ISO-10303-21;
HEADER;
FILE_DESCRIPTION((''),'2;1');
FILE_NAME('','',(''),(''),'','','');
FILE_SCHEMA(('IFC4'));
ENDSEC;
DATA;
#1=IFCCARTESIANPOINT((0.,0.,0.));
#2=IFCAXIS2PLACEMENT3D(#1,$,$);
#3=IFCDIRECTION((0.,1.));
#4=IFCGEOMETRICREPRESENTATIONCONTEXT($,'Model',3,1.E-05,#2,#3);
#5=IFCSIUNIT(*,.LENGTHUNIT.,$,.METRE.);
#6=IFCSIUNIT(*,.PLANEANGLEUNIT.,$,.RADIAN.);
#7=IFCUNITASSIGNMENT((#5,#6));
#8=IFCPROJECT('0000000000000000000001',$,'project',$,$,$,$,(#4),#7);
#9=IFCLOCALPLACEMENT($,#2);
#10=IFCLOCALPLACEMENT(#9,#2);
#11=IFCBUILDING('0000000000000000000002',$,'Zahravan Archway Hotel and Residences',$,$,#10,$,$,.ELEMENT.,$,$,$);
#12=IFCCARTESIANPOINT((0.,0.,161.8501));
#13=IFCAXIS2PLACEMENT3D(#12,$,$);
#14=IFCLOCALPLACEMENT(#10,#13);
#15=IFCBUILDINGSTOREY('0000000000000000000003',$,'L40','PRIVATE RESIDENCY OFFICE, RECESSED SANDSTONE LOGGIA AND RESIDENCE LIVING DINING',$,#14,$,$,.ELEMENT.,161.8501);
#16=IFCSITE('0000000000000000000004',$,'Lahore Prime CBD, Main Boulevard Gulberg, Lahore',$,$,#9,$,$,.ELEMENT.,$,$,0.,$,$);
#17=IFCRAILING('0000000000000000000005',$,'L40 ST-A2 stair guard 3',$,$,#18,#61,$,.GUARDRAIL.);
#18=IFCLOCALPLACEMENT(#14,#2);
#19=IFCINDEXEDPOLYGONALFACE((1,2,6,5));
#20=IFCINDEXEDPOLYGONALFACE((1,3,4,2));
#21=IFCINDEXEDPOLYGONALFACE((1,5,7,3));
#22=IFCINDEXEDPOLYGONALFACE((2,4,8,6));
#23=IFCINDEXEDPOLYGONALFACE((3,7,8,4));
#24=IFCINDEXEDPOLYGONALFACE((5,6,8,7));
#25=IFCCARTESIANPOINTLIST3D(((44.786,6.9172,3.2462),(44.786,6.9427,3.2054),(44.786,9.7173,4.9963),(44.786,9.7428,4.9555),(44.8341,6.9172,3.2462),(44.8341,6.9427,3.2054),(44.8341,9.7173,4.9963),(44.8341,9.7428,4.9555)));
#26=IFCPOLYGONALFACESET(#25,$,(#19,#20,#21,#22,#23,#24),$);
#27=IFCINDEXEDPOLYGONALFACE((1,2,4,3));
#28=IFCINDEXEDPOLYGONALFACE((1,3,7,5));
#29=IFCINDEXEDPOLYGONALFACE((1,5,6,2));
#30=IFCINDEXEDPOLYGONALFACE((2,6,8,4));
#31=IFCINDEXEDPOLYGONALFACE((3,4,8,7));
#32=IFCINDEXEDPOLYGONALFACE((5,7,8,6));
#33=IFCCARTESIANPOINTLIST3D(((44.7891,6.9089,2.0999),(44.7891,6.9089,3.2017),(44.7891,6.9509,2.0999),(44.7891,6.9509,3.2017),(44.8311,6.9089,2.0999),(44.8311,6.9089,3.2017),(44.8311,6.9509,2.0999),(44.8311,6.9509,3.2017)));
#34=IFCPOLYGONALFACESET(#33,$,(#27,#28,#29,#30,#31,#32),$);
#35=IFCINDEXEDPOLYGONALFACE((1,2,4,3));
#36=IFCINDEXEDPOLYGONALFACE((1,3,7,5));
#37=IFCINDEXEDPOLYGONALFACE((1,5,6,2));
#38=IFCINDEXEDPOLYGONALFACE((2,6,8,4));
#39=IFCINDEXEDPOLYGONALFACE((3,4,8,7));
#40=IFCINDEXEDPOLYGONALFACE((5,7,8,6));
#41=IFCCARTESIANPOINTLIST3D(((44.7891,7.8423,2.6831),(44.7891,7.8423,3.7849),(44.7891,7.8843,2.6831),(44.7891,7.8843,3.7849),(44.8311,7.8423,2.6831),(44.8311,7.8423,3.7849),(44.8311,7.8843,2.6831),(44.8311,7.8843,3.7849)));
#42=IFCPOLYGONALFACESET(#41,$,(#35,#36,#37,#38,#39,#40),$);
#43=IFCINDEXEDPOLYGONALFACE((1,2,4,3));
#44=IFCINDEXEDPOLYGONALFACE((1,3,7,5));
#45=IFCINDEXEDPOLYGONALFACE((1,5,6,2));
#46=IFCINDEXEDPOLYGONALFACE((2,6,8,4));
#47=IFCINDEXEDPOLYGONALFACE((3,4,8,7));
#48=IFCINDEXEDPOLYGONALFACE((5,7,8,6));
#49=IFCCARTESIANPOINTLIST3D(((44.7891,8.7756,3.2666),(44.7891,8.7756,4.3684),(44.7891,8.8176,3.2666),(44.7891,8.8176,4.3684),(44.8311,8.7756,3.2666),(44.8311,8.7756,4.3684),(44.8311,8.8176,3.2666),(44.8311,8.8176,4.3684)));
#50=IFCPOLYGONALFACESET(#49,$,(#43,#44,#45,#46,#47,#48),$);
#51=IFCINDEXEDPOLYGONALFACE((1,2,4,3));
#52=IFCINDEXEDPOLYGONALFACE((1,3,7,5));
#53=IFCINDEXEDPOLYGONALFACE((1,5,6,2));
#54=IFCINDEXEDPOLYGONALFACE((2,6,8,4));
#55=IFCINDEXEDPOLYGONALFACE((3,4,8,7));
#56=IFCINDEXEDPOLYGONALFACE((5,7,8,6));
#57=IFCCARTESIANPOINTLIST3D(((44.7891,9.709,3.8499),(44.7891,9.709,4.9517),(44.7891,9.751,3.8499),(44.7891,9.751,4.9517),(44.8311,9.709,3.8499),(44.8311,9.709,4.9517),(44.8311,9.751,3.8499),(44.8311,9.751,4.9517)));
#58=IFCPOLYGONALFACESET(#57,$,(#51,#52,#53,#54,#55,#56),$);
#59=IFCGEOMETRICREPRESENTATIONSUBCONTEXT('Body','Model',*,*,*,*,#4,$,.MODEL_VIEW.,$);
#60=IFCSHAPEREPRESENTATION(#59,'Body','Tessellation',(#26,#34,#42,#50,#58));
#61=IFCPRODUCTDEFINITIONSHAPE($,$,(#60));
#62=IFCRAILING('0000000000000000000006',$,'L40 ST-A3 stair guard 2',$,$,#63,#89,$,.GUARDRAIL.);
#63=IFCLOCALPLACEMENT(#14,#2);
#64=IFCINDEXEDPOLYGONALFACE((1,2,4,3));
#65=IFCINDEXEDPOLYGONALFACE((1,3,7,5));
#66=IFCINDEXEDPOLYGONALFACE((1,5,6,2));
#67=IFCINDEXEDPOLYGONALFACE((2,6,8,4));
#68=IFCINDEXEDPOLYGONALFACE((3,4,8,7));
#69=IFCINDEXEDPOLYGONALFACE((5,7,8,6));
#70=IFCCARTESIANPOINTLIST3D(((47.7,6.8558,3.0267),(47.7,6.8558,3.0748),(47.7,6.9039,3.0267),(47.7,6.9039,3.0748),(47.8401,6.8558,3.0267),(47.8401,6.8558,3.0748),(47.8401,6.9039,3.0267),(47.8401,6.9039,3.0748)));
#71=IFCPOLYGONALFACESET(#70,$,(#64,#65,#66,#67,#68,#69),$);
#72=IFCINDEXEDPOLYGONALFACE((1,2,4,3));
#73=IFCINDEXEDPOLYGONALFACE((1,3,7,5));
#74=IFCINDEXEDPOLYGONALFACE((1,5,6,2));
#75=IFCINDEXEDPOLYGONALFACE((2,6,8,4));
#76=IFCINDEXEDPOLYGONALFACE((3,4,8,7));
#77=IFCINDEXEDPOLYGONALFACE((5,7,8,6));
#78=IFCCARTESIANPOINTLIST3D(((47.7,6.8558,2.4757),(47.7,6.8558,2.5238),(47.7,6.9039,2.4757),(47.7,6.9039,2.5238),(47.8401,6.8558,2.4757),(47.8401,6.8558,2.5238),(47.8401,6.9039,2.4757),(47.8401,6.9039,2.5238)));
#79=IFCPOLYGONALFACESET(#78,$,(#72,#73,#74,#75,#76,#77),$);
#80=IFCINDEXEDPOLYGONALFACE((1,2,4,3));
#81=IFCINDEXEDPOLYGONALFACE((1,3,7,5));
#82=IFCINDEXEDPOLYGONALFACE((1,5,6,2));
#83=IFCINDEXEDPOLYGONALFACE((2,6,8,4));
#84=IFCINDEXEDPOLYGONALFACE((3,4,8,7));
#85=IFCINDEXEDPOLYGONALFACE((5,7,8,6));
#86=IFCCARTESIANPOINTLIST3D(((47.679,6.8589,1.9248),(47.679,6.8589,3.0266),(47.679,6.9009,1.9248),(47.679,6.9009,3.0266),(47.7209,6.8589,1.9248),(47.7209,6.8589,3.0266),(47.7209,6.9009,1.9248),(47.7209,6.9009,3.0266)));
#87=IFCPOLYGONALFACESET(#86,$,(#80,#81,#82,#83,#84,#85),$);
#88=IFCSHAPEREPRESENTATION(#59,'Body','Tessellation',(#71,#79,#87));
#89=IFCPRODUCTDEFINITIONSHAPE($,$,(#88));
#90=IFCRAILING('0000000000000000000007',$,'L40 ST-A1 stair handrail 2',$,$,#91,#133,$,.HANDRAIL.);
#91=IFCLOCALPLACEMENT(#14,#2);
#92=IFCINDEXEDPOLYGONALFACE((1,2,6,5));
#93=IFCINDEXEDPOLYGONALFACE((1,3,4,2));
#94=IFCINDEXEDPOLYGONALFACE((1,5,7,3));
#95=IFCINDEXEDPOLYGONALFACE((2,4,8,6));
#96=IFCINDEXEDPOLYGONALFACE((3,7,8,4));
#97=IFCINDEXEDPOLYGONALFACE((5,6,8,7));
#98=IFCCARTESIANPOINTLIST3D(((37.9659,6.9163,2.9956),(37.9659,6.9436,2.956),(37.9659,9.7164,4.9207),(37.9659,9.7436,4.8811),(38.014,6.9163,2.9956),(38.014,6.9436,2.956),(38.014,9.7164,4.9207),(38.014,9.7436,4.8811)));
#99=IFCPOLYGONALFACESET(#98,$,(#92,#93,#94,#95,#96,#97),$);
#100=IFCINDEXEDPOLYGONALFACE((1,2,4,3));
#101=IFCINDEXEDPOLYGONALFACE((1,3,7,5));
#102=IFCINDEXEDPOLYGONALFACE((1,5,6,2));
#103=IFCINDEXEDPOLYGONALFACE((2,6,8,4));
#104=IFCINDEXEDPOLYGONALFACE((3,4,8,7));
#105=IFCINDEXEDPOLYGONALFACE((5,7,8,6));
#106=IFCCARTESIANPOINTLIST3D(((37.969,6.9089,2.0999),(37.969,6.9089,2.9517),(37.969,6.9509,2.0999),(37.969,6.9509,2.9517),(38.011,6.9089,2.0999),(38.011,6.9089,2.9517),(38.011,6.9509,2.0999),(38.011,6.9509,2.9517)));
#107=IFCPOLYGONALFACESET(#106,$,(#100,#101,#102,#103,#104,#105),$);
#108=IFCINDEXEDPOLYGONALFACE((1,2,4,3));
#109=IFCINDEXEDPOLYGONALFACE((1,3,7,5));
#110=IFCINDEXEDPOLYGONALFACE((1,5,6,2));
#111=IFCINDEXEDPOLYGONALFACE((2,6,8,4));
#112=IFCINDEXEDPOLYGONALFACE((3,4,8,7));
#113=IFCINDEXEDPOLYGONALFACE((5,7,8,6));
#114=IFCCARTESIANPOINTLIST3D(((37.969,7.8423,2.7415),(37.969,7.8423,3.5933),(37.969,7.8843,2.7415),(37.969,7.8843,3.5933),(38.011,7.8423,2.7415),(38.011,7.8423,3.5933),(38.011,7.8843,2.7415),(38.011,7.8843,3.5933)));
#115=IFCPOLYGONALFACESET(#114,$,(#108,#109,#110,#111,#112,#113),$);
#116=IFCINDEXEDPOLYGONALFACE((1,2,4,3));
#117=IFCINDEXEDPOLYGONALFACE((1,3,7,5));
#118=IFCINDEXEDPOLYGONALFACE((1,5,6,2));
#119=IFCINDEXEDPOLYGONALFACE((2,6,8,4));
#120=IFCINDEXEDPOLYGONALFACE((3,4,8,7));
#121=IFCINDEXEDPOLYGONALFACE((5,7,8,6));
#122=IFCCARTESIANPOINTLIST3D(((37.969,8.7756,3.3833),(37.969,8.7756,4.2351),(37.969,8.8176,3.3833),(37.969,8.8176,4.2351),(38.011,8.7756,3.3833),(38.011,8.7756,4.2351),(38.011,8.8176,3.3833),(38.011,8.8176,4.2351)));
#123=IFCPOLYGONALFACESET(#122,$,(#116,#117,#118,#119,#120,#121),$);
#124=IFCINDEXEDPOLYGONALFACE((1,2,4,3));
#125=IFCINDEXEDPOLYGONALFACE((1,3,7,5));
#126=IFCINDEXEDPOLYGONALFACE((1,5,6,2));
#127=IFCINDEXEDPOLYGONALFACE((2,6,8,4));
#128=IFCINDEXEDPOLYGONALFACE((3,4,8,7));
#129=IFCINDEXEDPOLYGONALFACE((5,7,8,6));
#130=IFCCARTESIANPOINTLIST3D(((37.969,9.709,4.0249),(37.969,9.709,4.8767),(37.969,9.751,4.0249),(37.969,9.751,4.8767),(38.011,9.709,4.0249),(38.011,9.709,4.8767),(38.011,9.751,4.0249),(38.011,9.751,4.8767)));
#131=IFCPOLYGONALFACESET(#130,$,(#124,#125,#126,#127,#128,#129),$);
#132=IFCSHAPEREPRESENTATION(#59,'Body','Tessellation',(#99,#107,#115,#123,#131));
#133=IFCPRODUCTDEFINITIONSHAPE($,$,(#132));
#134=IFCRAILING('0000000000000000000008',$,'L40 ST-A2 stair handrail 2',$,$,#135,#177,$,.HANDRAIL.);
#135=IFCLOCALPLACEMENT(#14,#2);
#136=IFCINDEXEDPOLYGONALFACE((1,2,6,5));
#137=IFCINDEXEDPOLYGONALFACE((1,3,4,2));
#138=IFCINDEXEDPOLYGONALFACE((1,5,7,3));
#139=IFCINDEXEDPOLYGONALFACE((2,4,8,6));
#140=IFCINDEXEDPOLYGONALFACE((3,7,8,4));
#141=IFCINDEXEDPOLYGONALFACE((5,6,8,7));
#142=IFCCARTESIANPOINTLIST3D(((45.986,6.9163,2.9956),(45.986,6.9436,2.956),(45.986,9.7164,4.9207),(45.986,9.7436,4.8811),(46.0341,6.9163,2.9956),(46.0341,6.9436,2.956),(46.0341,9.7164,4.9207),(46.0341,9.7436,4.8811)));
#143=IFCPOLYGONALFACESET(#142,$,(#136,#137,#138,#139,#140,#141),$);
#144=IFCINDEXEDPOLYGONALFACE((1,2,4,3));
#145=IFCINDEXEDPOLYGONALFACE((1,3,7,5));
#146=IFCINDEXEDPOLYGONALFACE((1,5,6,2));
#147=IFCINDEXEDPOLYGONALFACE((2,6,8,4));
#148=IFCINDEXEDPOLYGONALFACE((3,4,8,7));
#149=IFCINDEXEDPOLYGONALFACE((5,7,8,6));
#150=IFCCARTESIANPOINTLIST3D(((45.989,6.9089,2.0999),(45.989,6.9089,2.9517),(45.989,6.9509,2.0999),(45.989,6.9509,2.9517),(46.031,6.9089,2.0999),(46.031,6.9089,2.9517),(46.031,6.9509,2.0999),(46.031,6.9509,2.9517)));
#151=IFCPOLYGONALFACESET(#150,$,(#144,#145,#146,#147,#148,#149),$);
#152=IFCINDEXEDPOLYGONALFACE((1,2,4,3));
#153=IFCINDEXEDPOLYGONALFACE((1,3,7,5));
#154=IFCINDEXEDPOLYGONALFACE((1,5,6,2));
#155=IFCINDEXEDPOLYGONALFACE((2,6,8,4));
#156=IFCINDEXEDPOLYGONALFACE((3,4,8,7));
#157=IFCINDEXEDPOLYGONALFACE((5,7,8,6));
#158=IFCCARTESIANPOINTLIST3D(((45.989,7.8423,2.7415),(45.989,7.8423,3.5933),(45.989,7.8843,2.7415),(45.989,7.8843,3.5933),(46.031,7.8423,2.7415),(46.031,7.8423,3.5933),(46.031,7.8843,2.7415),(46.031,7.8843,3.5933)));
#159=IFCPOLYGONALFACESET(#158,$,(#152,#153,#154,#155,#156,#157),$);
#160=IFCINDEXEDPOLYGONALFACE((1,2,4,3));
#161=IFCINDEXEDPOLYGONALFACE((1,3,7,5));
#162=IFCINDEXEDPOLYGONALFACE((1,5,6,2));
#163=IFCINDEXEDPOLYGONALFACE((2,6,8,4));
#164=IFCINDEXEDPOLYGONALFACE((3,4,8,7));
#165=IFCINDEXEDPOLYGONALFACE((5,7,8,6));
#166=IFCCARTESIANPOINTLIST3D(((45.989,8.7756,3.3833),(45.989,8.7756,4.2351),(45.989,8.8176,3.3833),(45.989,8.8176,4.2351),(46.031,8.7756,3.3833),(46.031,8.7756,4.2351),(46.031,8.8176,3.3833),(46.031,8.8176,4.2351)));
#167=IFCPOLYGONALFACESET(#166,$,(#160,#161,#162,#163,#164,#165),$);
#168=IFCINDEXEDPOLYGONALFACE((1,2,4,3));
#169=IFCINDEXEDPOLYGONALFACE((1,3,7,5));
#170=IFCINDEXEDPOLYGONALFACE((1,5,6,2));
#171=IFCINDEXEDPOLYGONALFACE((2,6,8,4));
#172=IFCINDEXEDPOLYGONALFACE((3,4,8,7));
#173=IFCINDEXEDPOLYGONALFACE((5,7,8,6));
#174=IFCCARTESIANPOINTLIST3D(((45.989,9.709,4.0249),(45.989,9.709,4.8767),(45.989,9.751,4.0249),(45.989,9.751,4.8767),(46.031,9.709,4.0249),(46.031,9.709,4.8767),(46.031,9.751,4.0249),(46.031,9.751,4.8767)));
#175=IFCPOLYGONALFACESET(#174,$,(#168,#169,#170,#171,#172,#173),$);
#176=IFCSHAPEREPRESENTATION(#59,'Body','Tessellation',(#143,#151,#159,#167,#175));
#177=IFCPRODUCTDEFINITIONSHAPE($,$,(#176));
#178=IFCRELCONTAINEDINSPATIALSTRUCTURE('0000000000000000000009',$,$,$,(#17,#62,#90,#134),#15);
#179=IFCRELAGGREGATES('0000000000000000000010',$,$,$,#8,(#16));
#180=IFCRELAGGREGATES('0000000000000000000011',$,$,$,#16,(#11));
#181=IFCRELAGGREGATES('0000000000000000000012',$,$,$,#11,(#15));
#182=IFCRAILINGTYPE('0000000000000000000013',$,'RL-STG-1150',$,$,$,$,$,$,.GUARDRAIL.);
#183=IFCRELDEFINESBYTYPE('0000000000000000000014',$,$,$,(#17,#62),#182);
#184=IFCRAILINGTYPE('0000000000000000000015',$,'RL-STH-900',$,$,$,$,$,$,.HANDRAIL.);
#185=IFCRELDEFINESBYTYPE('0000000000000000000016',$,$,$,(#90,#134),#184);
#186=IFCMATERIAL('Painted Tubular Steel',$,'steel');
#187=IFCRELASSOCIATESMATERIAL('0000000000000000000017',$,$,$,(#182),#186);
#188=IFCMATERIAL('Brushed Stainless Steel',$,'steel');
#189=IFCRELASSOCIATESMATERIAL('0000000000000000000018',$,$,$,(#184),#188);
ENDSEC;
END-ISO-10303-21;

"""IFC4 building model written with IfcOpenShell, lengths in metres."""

from ifc_helpers import new_model, si_unit, direction, frame, origin, origin_2d, place, context, subcontext, project, spatial, rectangle, extrude, material, type_object, element, save


model = new_model("IFC4")

# Units and contexts
model_context = context("Model", 3, precision=1e-05, world=origin(), true_north=direction((0.0, 1.0)))
body_context = subcontext(model_context, "Body", "Model", "MODEL_VIEW")
ifc_project = project(units=[si_unit("LENGTHUNIT", "METRE"), si_unit("PLANEANGLEUNIT", "RADIAN")], contexts=[model_context])

# Site, building, storey
site_placement = place(None, origin())
site = spatial("IfcSite", under=ifc_project, at=site_placement, Name="Lahore Prime CBD, Main Boulevard Gulberg, Lahore", CompositionType="ELEMENT", RefElevation=0.0)
building_placement = place(site_placement, origin())
building = spatial("IfcBuilding", under=site, at=building_placement, Name="Zahravan Archway Hotel and Residences", CompositionType="ELEMENT")
storey_placement = place(building_placement, frame((0.0, 0.0, 161.8501)))
storey = spatial("IfcBuildingStorey", under=building, at=storey_placement, Name="L40", Description="PRIVATE RESIDENCY OFFICE, RECESSED SANDSTONE LOGGIA AND RESIDENCE LIVING DINING", CompositionType="ELEMENT", Elevation=161.8501)

# Railings
ifc_material_1 = material(Name="Painted Tubular Steel", Category="steel")
railing_type_1 = type_object("IfcRailingType", Name="RL-STG-1150", PredefinedType="GUARDRAIL", material=ifc_material_1)
railing_1_placement = place(storey_placement, frame((44.8101, 6.9299, 2.0999)))
element("IfcRailing", 1, at=railing_1_placement, inside=storey, type_object=railing_type_1, Name="L40 ST-A2 stair guard 3", PredefinedType="GUARDRAIL", context=body_context, shape_type="SweptSolid", body=[
    extrude(rectangle(XDim=0.0481, YDim=0.0481, at=origin_2d()), frame((0.0, 0.0, 1.126), z_axis=(0.0, 0.848002, 0.529992), x_axis=(-1.0, 0.0, 0.0)), (0.0, 0.0, 1.0), 3.302),
    extrude(rectangle(XDim=0.042, YDim=0.042, at=origin_2d()), origin(), (0.0, 0.0, 1.0), 1.1018),
    extrude(rectangle(XDim=0.042, YDim=0.042, at=origin_2d()), frame((0.0, 0.9333, 0.5833)), (0.0, 0.0, 1.0), 1.1018),
    extrude(rectangle(XDim=0.042, YDim=0.042, at=origin_2d()), frame((0.0, 1.8667, 1.1667)), (0.0, 0.0, 1.0), 1.1018),
    extrude(rectangle(XDim=0.042, YDim=0.042, at=origin_2d()), frame((0.0, 2.8, 1.75)), (0.0, 0.0, 1.0), 1.1018),
])
railing_2_placement = place(storey_placement, frame((47.7, 6.8799, 1.9248)))
element("IfcRailing", 2, at=railing_2_placement, inside=storey, type_object=railing_type_1, Name="L40 ST-A3 stair guard 2", PredefinedType="GUARDRAIL", context=body_context, shape_type="SweptSolid", body=[
    extrude(rectangle(XDim=0.0481, YDim=0.0481, at=origin_2d()), frame((0.0, 0.0, 1.126), z_axis=(1.0, 0.0, 0.0), x_axis=(0.0, 1.0, 0.0)), (0.0, 0.0, 1.0), 0.1401),
    extrude(rectangle(XDim=0.0481, YDim=0.0481, at=origin_2d()), frame((0.0, 0.0, 0.575), z_axis=(1.0, 0.0, 0.0), x_axis=(0.0, 1.0, 0.0)), (0.0, 0.0, 1.0), 0.1401),
    extrude(rectangle(XDim=0.042, YDim=0.042, at=origin_2d()), origin(), (0.0, 0.0, 1.0), 1.1018),
])
ifc_material_2 = material(Name="Brushed Stainless Steel", Category="steel")
railing_type_2 = type_object("IfcRailingType", Name="RL-STH-900", PredefinedType="HANDRAIL", material=ifc_material_2)
for number, where, name in (
    (3, (37.99, 6.9299, 2.0999), "L40 ST-A1 stair handrail 2"),
    (4, (46.01, 6.9299, 2.0999), "L40 ST-A2 stair handrail 2"),
):
    element("IfcRailing", number, at=place(storey_placement, frame(where)), inside=storey, type_object=railing_type_2, Name=name, PredefinedType="HANDRAIL", context=body_context, shape_type="SweptSolid", body=[
        extrude(rectangle(XDim=0.0481, YDim=0.0481, at=origin_2d()), frame((0.0, 0.0, 0.876), z_axis=(0.0, 0.82404, 0.566532), x_axis=(-1.0, 0.0, 0.0)), (0.0, 0.0, 1.0), 3.3979),
        extrude(rectangle(XDim=0.042, YDim=0.042, at=origin_2d()), origin(), (0.0, 0.0, 1.0), 0.8518),
        extrude(rectangle(XDim=0.042, YDim=0.042, at=origin_2d()), frame((0.0, 0.9333, 0.6416)), (0.0, 0.0, 1.0), 0.8518),
        extrude(rectangle(XDim=0.042, YDim=0.042, at=origin_2d()), frame((0.0, 1.8667, 1.2834)), (0.0, 0.0, 1.0), 0.8518),
        extrude(rectangle(XDim=0.042, YDim=0.042, at=origin_2d()), frame((0.0, 2.8, 1.925)), (0.0, 0.0, 1.0), 0.8518),
    ])

save(model, "model.ifc")
